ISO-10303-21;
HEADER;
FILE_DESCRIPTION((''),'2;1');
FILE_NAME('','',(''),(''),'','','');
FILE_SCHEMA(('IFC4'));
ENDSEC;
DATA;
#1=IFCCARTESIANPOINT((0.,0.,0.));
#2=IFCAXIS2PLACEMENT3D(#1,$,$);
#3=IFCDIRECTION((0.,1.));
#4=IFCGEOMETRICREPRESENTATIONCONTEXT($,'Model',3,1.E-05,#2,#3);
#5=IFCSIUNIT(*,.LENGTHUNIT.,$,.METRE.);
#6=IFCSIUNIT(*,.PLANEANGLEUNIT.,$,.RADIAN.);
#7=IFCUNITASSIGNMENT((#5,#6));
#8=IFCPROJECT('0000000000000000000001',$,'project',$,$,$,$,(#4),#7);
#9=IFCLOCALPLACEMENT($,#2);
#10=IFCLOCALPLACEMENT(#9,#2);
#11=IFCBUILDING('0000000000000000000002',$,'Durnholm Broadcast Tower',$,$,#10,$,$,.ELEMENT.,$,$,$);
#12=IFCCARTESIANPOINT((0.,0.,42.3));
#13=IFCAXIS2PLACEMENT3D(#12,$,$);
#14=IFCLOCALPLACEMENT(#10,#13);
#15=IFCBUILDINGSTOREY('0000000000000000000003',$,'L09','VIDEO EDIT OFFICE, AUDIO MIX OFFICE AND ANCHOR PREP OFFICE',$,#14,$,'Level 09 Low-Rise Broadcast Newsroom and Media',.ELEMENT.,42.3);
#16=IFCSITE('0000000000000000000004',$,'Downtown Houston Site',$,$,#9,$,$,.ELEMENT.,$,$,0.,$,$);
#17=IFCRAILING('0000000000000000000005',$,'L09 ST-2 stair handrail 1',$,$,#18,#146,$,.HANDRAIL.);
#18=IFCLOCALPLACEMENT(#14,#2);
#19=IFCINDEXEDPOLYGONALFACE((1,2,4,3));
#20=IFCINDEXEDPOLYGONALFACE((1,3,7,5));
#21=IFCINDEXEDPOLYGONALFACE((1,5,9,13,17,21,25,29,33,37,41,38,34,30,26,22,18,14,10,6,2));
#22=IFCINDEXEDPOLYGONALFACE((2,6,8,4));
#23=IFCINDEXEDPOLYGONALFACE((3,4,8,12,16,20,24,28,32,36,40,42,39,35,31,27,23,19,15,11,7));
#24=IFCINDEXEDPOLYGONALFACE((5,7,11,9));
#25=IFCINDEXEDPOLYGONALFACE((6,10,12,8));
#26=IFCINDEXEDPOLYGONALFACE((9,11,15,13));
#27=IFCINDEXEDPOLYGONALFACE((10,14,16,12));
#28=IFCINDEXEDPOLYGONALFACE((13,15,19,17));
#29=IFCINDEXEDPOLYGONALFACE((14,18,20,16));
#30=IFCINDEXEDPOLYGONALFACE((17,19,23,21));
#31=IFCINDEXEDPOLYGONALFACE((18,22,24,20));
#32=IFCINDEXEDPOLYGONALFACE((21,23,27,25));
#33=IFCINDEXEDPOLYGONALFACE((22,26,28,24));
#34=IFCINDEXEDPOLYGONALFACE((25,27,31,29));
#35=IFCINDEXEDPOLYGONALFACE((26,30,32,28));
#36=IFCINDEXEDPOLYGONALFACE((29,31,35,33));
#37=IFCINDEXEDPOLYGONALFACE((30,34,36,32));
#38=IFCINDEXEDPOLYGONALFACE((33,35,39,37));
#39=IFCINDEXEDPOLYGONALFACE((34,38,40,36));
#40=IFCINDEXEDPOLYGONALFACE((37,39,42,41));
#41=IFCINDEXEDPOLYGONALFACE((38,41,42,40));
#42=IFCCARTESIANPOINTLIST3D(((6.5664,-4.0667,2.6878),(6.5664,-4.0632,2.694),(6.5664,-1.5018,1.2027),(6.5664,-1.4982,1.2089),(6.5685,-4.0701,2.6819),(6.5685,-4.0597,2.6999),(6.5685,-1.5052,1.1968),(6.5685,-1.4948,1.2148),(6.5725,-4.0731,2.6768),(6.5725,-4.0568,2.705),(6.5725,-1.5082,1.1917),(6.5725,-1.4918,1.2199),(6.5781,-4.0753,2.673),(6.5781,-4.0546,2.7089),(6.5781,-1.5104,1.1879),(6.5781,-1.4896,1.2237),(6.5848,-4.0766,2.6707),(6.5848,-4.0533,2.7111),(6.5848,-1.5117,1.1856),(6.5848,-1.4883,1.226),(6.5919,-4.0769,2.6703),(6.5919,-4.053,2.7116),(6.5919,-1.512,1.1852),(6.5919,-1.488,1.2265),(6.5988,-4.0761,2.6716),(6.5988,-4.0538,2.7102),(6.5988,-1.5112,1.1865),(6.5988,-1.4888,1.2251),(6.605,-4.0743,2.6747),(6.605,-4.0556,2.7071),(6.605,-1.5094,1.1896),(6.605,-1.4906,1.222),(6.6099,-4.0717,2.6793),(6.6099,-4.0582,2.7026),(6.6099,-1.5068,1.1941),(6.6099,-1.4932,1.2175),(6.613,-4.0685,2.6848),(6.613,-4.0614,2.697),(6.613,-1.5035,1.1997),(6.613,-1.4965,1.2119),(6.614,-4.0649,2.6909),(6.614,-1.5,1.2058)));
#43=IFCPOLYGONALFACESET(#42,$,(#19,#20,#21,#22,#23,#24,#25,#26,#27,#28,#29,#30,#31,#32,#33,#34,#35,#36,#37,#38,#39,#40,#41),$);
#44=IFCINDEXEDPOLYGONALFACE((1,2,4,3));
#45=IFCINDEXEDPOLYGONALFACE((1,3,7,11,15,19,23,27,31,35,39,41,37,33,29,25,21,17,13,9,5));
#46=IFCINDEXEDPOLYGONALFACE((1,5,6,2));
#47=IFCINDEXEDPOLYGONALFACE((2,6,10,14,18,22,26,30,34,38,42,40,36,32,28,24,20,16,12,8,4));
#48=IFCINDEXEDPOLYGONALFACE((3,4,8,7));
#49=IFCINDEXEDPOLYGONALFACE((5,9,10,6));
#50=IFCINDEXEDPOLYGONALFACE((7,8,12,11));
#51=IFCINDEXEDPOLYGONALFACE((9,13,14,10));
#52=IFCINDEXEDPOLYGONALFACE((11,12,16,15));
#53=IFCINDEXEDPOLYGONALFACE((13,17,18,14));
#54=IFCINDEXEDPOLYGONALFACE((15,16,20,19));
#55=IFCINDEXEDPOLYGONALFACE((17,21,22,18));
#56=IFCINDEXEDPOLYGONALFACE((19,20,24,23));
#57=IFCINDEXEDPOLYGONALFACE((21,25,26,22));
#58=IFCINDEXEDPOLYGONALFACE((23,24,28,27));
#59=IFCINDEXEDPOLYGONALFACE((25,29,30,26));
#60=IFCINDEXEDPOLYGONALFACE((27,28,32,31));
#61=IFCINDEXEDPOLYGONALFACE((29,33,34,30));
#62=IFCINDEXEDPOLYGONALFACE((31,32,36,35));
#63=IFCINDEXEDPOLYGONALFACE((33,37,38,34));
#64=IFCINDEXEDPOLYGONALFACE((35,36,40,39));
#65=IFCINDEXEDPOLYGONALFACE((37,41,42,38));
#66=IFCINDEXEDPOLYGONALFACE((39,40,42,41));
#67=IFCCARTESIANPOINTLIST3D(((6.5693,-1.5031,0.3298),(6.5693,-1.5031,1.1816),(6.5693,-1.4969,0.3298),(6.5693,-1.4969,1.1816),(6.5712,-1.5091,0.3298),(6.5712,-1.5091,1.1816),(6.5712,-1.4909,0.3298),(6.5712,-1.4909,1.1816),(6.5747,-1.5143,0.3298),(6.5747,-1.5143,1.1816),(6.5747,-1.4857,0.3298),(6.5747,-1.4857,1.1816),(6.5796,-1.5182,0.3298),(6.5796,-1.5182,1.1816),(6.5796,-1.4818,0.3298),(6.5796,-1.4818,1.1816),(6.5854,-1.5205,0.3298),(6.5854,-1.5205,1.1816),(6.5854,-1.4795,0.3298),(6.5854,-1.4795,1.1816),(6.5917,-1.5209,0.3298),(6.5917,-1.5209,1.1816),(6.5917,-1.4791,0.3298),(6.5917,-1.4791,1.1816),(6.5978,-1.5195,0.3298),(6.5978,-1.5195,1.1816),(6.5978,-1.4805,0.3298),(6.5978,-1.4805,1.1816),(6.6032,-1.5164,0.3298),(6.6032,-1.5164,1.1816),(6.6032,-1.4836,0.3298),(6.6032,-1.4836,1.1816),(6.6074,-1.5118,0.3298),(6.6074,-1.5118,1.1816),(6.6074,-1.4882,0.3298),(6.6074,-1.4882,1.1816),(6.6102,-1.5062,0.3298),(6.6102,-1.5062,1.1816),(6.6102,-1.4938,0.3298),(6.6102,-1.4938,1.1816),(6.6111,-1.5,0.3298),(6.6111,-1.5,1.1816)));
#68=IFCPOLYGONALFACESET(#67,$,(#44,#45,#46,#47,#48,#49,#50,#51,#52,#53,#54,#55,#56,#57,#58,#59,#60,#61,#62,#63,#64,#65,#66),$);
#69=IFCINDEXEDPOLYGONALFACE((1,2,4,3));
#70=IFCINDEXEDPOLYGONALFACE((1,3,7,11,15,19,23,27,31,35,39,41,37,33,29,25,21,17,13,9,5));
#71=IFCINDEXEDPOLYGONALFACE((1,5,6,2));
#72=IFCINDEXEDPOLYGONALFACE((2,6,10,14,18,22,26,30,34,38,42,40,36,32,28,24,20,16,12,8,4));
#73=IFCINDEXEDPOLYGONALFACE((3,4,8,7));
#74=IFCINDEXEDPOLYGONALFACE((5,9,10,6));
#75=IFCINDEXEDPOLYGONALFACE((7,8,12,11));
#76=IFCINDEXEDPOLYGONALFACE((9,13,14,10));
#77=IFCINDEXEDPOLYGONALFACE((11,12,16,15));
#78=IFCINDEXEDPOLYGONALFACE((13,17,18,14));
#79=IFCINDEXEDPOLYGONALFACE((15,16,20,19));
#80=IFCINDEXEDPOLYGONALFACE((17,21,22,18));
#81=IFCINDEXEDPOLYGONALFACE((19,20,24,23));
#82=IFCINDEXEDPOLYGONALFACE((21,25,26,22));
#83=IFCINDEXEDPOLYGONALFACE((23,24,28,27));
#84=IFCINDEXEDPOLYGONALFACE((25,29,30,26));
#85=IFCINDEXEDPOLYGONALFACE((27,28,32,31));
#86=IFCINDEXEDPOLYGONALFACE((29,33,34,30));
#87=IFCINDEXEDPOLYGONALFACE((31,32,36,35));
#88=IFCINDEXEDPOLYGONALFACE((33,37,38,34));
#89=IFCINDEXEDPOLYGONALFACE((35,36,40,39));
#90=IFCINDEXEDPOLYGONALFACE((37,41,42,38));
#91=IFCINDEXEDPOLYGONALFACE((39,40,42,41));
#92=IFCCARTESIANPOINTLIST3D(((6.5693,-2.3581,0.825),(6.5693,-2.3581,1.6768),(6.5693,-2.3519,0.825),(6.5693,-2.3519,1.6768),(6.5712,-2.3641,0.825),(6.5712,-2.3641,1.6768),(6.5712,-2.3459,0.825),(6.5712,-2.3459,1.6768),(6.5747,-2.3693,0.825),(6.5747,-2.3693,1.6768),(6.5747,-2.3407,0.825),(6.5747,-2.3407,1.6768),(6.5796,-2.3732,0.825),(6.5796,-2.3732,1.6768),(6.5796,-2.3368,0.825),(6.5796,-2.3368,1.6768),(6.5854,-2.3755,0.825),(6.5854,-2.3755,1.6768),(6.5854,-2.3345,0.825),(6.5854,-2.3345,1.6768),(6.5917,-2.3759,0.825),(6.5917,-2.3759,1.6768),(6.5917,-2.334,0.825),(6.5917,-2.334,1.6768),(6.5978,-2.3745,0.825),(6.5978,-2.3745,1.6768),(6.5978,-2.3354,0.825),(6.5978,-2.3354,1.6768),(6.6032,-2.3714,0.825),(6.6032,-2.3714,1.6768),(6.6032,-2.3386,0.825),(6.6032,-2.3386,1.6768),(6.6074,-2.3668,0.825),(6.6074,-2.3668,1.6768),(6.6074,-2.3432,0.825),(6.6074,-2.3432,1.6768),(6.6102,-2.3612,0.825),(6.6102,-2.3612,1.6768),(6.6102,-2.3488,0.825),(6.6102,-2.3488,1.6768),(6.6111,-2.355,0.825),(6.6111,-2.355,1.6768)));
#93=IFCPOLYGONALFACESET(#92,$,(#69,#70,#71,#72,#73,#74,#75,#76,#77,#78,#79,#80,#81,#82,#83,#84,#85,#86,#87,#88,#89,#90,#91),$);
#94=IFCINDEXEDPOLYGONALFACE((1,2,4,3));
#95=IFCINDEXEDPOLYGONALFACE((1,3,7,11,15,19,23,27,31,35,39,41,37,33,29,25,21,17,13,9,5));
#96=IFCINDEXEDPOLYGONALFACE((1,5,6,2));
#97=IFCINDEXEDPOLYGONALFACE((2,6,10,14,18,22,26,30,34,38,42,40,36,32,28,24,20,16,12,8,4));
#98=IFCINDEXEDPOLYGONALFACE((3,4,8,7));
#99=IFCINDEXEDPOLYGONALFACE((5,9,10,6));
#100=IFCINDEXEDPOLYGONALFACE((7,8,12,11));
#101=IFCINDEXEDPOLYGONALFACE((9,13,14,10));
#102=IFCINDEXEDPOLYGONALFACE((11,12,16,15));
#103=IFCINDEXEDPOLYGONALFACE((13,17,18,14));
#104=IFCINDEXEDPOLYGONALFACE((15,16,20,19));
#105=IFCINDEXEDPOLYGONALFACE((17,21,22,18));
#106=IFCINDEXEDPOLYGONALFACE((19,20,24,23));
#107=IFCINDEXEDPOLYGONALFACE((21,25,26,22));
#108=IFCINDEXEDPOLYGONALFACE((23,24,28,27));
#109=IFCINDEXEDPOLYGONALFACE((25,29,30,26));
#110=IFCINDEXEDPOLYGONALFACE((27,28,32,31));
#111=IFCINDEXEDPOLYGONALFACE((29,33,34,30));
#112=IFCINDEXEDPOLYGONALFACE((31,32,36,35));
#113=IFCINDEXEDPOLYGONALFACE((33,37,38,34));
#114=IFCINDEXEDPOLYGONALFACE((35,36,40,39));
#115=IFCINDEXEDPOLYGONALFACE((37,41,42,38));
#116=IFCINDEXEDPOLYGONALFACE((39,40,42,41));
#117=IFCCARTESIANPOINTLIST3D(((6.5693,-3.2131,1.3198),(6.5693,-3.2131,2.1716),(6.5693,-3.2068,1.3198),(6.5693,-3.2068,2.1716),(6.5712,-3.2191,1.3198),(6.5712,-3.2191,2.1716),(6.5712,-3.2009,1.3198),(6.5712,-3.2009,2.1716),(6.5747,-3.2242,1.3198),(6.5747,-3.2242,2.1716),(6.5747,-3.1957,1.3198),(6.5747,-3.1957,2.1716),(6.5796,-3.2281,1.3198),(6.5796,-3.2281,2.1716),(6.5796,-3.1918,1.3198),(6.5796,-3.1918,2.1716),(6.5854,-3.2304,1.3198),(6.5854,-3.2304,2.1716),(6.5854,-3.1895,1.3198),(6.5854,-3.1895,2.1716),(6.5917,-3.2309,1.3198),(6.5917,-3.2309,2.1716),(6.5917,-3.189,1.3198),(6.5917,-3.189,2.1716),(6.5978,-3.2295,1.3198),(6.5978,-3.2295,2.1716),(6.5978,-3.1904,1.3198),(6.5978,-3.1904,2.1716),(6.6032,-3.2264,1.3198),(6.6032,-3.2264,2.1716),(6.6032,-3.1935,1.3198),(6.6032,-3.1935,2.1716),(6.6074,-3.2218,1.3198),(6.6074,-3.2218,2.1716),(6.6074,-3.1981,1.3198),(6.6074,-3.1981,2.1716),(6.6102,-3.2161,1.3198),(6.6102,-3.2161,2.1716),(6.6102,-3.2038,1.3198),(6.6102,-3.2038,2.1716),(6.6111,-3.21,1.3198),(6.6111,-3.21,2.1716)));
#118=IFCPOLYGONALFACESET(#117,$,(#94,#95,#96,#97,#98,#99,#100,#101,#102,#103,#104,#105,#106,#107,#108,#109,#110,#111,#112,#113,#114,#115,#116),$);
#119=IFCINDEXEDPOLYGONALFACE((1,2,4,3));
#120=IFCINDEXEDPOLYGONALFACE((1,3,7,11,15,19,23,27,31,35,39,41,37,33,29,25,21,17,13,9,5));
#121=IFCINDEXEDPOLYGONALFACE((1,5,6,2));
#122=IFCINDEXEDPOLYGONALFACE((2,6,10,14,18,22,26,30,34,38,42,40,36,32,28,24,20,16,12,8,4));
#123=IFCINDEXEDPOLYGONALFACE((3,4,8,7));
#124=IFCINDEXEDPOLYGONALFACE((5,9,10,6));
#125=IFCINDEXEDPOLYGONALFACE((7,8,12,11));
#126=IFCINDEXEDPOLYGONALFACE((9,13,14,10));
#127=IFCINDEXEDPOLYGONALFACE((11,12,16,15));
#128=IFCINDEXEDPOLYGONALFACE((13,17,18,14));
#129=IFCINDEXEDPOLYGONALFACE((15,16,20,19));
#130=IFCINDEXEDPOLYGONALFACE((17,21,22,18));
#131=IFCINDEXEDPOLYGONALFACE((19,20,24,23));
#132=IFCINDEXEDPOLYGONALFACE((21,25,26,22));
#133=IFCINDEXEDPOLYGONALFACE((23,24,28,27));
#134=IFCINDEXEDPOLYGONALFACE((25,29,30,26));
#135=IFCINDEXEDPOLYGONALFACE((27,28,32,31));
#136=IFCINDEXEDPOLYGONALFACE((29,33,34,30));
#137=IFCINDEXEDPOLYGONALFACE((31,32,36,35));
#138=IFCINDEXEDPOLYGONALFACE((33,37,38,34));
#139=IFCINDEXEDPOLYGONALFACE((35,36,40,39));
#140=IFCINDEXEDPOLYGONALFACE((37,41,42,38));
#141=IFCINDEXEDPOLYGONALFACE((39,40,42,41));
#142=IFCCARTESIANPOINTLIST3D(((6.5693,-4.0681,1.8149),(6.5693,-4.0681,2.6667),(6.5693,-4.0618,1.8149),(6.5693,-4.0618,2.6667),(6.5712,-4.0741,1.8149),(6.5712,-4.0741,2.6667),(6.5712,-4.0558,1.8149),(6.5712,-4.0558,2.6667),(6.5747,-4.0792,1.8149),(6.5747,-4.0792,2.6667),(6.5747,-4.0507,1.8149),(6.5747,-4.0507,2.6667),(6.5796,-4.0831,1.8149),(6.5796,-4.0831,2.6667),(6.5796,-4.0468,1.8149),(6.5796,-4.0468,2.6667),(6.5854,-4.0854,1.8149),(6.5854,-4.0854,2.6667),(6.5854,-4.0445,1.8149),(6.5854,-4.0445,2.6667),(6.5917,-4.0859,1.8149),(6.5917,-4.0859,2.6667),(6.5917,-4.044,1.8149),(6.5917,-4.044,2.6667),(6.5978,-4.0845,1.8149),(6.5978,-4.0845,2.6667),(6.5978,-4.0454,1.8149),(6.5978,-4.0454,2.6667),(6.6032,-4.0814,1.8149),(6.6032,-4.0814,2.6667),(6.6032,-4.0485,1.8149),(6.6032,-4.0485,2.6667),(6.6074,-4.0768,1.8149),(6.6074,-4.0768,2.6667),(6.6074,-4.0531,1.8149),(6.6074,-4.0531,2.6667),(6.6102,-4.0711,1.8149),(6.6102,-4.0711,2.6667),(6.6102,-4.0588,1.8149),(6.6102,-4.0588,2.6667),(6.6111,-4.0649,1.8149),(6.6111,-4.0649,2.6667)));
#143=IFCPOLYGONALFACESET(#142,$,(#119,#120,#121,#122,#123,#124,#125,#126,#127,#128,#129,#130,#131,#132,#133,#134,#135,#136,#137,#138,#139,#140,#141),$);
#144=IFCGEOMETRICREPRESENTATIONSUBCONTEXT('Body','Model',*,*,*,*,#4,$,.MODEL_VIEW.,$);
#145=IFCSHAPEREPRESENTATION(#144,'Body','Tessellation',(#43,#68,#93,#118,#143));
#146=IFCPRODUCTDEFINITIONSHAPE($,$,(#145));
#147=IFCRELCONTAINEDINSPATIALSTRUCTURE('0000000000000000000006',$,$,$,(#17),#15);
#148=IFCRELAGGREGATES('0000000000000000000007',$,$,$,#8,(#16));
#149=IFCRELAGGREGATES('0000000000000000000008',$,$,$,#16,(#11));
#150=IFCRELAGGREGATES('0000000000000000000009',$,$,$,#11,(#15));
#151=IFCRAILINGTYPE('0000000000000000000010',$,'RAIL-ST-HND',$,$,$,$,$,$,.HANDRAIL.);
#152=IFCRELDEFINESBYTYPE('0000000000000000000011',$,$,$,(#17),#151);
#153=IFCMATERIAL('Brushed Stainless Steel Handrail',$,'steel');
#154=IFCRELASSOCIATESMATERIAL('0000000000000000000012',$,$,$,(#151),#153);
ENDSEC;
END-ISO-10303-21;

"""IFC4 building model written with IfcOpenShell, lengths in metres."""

from ifc_helpers import new_model, si_unit, direction, frame, origin, origin_2d, place, context, subcontext, project, spatial, circle, extrude, material, type_object, element, save


model = new_model("IFC4")

# Units and contexts
model_context = context("Model", 3, precision=1e-05, world=origin(), true_north=direction((0.0, 1.0)))
body_context = subcontext(model_context, "Body", "Model", "MODEL_VIEW")
ifc_project = project(units=[si_unit("LENGTHUNIT", "METRE"), si_unit("PLANEANGLEUNIT", "RADIAN")], contexts=[model_context])

# Site, building, storey
site_placement = place(None, origin())
site = spatial("IfcSite", under=ifc_project, at=site_placement, Name="Downtown Houston Site", CompositionType="ELEMENT", RefElevation=0.0)
building_placement = place(site_placement, origin())
building = spatial("IfcBuilding", under=site, at=building_placement, Name="Durnholm Broadcast Tower", CompositionType="ELEMENT")
storey_placement = place(building_placement, frame((0.0, 0.0, 42.3)))
storey = spatial("IfcBuildingStorey", under=building, at=storey_placement, Name="L09", Description="VIDEO EDIT OFFICE, AUDIO MIX OFFICE AND ANCHOR PREP OFFICE", LongName="Level 09 Low-Rise Broadcast Newsroom and Media", CompositionType="ELEMENT", Elevation=42.3)

# Railing
ifc_material_1 = material(Name="Brushed Stainless Steel Handrail", Category="steel")
railing_type_1 = type_object("IfcRailingType", Name="RAIL-ST-HND", PredefinedType="HANDRAIL", material=ifc_material_1)
railing_1_placement = place(storey_placement, frame((6.5901, -1.5, 0.3298)))
element("IfcRailing", 1, at=railing_1_placement, inside=storey, type_object=railing_type_1, Name="L09 ST-2 stair handrail 1", PredefinedType="HANDRAIL", context=body_context, shape_type="SweptSolid", body=[
    extrude(circle(Radius=0.0239, at=origin_2d()), frame((0.0, 0.0, 0.876), z_axis=(0.0, -0.865406, 0.501072), x_axis=(1.0, 0.0, 0.0)), (0.0, 0.0, 1.0), 2.9639),
    extrude(circle(Radius=0.021, at=origin_2d()), origin(), (0.0, 0.0, 1.0), 0.8518),
    extrude(circle(Radius=0.021, at=origin_2d()), frame((0.0, -0.855, 0.4951)), (0.0, 0.0, 1.0), 0.8518),
    extrude(circle(Radius=0.021, at=origin_2d()), frame((0.0, -1.71, 0.99)), (0.0, 0.0, 1.0), 0.8518),
    extrude(circle(Radius=0.021, at=origin_2d()), frame((0.0, -2.5649, 1.4851)), (0.0, 0.0, 1.0), 0.8518),
])

save(model, "model.ifc")
